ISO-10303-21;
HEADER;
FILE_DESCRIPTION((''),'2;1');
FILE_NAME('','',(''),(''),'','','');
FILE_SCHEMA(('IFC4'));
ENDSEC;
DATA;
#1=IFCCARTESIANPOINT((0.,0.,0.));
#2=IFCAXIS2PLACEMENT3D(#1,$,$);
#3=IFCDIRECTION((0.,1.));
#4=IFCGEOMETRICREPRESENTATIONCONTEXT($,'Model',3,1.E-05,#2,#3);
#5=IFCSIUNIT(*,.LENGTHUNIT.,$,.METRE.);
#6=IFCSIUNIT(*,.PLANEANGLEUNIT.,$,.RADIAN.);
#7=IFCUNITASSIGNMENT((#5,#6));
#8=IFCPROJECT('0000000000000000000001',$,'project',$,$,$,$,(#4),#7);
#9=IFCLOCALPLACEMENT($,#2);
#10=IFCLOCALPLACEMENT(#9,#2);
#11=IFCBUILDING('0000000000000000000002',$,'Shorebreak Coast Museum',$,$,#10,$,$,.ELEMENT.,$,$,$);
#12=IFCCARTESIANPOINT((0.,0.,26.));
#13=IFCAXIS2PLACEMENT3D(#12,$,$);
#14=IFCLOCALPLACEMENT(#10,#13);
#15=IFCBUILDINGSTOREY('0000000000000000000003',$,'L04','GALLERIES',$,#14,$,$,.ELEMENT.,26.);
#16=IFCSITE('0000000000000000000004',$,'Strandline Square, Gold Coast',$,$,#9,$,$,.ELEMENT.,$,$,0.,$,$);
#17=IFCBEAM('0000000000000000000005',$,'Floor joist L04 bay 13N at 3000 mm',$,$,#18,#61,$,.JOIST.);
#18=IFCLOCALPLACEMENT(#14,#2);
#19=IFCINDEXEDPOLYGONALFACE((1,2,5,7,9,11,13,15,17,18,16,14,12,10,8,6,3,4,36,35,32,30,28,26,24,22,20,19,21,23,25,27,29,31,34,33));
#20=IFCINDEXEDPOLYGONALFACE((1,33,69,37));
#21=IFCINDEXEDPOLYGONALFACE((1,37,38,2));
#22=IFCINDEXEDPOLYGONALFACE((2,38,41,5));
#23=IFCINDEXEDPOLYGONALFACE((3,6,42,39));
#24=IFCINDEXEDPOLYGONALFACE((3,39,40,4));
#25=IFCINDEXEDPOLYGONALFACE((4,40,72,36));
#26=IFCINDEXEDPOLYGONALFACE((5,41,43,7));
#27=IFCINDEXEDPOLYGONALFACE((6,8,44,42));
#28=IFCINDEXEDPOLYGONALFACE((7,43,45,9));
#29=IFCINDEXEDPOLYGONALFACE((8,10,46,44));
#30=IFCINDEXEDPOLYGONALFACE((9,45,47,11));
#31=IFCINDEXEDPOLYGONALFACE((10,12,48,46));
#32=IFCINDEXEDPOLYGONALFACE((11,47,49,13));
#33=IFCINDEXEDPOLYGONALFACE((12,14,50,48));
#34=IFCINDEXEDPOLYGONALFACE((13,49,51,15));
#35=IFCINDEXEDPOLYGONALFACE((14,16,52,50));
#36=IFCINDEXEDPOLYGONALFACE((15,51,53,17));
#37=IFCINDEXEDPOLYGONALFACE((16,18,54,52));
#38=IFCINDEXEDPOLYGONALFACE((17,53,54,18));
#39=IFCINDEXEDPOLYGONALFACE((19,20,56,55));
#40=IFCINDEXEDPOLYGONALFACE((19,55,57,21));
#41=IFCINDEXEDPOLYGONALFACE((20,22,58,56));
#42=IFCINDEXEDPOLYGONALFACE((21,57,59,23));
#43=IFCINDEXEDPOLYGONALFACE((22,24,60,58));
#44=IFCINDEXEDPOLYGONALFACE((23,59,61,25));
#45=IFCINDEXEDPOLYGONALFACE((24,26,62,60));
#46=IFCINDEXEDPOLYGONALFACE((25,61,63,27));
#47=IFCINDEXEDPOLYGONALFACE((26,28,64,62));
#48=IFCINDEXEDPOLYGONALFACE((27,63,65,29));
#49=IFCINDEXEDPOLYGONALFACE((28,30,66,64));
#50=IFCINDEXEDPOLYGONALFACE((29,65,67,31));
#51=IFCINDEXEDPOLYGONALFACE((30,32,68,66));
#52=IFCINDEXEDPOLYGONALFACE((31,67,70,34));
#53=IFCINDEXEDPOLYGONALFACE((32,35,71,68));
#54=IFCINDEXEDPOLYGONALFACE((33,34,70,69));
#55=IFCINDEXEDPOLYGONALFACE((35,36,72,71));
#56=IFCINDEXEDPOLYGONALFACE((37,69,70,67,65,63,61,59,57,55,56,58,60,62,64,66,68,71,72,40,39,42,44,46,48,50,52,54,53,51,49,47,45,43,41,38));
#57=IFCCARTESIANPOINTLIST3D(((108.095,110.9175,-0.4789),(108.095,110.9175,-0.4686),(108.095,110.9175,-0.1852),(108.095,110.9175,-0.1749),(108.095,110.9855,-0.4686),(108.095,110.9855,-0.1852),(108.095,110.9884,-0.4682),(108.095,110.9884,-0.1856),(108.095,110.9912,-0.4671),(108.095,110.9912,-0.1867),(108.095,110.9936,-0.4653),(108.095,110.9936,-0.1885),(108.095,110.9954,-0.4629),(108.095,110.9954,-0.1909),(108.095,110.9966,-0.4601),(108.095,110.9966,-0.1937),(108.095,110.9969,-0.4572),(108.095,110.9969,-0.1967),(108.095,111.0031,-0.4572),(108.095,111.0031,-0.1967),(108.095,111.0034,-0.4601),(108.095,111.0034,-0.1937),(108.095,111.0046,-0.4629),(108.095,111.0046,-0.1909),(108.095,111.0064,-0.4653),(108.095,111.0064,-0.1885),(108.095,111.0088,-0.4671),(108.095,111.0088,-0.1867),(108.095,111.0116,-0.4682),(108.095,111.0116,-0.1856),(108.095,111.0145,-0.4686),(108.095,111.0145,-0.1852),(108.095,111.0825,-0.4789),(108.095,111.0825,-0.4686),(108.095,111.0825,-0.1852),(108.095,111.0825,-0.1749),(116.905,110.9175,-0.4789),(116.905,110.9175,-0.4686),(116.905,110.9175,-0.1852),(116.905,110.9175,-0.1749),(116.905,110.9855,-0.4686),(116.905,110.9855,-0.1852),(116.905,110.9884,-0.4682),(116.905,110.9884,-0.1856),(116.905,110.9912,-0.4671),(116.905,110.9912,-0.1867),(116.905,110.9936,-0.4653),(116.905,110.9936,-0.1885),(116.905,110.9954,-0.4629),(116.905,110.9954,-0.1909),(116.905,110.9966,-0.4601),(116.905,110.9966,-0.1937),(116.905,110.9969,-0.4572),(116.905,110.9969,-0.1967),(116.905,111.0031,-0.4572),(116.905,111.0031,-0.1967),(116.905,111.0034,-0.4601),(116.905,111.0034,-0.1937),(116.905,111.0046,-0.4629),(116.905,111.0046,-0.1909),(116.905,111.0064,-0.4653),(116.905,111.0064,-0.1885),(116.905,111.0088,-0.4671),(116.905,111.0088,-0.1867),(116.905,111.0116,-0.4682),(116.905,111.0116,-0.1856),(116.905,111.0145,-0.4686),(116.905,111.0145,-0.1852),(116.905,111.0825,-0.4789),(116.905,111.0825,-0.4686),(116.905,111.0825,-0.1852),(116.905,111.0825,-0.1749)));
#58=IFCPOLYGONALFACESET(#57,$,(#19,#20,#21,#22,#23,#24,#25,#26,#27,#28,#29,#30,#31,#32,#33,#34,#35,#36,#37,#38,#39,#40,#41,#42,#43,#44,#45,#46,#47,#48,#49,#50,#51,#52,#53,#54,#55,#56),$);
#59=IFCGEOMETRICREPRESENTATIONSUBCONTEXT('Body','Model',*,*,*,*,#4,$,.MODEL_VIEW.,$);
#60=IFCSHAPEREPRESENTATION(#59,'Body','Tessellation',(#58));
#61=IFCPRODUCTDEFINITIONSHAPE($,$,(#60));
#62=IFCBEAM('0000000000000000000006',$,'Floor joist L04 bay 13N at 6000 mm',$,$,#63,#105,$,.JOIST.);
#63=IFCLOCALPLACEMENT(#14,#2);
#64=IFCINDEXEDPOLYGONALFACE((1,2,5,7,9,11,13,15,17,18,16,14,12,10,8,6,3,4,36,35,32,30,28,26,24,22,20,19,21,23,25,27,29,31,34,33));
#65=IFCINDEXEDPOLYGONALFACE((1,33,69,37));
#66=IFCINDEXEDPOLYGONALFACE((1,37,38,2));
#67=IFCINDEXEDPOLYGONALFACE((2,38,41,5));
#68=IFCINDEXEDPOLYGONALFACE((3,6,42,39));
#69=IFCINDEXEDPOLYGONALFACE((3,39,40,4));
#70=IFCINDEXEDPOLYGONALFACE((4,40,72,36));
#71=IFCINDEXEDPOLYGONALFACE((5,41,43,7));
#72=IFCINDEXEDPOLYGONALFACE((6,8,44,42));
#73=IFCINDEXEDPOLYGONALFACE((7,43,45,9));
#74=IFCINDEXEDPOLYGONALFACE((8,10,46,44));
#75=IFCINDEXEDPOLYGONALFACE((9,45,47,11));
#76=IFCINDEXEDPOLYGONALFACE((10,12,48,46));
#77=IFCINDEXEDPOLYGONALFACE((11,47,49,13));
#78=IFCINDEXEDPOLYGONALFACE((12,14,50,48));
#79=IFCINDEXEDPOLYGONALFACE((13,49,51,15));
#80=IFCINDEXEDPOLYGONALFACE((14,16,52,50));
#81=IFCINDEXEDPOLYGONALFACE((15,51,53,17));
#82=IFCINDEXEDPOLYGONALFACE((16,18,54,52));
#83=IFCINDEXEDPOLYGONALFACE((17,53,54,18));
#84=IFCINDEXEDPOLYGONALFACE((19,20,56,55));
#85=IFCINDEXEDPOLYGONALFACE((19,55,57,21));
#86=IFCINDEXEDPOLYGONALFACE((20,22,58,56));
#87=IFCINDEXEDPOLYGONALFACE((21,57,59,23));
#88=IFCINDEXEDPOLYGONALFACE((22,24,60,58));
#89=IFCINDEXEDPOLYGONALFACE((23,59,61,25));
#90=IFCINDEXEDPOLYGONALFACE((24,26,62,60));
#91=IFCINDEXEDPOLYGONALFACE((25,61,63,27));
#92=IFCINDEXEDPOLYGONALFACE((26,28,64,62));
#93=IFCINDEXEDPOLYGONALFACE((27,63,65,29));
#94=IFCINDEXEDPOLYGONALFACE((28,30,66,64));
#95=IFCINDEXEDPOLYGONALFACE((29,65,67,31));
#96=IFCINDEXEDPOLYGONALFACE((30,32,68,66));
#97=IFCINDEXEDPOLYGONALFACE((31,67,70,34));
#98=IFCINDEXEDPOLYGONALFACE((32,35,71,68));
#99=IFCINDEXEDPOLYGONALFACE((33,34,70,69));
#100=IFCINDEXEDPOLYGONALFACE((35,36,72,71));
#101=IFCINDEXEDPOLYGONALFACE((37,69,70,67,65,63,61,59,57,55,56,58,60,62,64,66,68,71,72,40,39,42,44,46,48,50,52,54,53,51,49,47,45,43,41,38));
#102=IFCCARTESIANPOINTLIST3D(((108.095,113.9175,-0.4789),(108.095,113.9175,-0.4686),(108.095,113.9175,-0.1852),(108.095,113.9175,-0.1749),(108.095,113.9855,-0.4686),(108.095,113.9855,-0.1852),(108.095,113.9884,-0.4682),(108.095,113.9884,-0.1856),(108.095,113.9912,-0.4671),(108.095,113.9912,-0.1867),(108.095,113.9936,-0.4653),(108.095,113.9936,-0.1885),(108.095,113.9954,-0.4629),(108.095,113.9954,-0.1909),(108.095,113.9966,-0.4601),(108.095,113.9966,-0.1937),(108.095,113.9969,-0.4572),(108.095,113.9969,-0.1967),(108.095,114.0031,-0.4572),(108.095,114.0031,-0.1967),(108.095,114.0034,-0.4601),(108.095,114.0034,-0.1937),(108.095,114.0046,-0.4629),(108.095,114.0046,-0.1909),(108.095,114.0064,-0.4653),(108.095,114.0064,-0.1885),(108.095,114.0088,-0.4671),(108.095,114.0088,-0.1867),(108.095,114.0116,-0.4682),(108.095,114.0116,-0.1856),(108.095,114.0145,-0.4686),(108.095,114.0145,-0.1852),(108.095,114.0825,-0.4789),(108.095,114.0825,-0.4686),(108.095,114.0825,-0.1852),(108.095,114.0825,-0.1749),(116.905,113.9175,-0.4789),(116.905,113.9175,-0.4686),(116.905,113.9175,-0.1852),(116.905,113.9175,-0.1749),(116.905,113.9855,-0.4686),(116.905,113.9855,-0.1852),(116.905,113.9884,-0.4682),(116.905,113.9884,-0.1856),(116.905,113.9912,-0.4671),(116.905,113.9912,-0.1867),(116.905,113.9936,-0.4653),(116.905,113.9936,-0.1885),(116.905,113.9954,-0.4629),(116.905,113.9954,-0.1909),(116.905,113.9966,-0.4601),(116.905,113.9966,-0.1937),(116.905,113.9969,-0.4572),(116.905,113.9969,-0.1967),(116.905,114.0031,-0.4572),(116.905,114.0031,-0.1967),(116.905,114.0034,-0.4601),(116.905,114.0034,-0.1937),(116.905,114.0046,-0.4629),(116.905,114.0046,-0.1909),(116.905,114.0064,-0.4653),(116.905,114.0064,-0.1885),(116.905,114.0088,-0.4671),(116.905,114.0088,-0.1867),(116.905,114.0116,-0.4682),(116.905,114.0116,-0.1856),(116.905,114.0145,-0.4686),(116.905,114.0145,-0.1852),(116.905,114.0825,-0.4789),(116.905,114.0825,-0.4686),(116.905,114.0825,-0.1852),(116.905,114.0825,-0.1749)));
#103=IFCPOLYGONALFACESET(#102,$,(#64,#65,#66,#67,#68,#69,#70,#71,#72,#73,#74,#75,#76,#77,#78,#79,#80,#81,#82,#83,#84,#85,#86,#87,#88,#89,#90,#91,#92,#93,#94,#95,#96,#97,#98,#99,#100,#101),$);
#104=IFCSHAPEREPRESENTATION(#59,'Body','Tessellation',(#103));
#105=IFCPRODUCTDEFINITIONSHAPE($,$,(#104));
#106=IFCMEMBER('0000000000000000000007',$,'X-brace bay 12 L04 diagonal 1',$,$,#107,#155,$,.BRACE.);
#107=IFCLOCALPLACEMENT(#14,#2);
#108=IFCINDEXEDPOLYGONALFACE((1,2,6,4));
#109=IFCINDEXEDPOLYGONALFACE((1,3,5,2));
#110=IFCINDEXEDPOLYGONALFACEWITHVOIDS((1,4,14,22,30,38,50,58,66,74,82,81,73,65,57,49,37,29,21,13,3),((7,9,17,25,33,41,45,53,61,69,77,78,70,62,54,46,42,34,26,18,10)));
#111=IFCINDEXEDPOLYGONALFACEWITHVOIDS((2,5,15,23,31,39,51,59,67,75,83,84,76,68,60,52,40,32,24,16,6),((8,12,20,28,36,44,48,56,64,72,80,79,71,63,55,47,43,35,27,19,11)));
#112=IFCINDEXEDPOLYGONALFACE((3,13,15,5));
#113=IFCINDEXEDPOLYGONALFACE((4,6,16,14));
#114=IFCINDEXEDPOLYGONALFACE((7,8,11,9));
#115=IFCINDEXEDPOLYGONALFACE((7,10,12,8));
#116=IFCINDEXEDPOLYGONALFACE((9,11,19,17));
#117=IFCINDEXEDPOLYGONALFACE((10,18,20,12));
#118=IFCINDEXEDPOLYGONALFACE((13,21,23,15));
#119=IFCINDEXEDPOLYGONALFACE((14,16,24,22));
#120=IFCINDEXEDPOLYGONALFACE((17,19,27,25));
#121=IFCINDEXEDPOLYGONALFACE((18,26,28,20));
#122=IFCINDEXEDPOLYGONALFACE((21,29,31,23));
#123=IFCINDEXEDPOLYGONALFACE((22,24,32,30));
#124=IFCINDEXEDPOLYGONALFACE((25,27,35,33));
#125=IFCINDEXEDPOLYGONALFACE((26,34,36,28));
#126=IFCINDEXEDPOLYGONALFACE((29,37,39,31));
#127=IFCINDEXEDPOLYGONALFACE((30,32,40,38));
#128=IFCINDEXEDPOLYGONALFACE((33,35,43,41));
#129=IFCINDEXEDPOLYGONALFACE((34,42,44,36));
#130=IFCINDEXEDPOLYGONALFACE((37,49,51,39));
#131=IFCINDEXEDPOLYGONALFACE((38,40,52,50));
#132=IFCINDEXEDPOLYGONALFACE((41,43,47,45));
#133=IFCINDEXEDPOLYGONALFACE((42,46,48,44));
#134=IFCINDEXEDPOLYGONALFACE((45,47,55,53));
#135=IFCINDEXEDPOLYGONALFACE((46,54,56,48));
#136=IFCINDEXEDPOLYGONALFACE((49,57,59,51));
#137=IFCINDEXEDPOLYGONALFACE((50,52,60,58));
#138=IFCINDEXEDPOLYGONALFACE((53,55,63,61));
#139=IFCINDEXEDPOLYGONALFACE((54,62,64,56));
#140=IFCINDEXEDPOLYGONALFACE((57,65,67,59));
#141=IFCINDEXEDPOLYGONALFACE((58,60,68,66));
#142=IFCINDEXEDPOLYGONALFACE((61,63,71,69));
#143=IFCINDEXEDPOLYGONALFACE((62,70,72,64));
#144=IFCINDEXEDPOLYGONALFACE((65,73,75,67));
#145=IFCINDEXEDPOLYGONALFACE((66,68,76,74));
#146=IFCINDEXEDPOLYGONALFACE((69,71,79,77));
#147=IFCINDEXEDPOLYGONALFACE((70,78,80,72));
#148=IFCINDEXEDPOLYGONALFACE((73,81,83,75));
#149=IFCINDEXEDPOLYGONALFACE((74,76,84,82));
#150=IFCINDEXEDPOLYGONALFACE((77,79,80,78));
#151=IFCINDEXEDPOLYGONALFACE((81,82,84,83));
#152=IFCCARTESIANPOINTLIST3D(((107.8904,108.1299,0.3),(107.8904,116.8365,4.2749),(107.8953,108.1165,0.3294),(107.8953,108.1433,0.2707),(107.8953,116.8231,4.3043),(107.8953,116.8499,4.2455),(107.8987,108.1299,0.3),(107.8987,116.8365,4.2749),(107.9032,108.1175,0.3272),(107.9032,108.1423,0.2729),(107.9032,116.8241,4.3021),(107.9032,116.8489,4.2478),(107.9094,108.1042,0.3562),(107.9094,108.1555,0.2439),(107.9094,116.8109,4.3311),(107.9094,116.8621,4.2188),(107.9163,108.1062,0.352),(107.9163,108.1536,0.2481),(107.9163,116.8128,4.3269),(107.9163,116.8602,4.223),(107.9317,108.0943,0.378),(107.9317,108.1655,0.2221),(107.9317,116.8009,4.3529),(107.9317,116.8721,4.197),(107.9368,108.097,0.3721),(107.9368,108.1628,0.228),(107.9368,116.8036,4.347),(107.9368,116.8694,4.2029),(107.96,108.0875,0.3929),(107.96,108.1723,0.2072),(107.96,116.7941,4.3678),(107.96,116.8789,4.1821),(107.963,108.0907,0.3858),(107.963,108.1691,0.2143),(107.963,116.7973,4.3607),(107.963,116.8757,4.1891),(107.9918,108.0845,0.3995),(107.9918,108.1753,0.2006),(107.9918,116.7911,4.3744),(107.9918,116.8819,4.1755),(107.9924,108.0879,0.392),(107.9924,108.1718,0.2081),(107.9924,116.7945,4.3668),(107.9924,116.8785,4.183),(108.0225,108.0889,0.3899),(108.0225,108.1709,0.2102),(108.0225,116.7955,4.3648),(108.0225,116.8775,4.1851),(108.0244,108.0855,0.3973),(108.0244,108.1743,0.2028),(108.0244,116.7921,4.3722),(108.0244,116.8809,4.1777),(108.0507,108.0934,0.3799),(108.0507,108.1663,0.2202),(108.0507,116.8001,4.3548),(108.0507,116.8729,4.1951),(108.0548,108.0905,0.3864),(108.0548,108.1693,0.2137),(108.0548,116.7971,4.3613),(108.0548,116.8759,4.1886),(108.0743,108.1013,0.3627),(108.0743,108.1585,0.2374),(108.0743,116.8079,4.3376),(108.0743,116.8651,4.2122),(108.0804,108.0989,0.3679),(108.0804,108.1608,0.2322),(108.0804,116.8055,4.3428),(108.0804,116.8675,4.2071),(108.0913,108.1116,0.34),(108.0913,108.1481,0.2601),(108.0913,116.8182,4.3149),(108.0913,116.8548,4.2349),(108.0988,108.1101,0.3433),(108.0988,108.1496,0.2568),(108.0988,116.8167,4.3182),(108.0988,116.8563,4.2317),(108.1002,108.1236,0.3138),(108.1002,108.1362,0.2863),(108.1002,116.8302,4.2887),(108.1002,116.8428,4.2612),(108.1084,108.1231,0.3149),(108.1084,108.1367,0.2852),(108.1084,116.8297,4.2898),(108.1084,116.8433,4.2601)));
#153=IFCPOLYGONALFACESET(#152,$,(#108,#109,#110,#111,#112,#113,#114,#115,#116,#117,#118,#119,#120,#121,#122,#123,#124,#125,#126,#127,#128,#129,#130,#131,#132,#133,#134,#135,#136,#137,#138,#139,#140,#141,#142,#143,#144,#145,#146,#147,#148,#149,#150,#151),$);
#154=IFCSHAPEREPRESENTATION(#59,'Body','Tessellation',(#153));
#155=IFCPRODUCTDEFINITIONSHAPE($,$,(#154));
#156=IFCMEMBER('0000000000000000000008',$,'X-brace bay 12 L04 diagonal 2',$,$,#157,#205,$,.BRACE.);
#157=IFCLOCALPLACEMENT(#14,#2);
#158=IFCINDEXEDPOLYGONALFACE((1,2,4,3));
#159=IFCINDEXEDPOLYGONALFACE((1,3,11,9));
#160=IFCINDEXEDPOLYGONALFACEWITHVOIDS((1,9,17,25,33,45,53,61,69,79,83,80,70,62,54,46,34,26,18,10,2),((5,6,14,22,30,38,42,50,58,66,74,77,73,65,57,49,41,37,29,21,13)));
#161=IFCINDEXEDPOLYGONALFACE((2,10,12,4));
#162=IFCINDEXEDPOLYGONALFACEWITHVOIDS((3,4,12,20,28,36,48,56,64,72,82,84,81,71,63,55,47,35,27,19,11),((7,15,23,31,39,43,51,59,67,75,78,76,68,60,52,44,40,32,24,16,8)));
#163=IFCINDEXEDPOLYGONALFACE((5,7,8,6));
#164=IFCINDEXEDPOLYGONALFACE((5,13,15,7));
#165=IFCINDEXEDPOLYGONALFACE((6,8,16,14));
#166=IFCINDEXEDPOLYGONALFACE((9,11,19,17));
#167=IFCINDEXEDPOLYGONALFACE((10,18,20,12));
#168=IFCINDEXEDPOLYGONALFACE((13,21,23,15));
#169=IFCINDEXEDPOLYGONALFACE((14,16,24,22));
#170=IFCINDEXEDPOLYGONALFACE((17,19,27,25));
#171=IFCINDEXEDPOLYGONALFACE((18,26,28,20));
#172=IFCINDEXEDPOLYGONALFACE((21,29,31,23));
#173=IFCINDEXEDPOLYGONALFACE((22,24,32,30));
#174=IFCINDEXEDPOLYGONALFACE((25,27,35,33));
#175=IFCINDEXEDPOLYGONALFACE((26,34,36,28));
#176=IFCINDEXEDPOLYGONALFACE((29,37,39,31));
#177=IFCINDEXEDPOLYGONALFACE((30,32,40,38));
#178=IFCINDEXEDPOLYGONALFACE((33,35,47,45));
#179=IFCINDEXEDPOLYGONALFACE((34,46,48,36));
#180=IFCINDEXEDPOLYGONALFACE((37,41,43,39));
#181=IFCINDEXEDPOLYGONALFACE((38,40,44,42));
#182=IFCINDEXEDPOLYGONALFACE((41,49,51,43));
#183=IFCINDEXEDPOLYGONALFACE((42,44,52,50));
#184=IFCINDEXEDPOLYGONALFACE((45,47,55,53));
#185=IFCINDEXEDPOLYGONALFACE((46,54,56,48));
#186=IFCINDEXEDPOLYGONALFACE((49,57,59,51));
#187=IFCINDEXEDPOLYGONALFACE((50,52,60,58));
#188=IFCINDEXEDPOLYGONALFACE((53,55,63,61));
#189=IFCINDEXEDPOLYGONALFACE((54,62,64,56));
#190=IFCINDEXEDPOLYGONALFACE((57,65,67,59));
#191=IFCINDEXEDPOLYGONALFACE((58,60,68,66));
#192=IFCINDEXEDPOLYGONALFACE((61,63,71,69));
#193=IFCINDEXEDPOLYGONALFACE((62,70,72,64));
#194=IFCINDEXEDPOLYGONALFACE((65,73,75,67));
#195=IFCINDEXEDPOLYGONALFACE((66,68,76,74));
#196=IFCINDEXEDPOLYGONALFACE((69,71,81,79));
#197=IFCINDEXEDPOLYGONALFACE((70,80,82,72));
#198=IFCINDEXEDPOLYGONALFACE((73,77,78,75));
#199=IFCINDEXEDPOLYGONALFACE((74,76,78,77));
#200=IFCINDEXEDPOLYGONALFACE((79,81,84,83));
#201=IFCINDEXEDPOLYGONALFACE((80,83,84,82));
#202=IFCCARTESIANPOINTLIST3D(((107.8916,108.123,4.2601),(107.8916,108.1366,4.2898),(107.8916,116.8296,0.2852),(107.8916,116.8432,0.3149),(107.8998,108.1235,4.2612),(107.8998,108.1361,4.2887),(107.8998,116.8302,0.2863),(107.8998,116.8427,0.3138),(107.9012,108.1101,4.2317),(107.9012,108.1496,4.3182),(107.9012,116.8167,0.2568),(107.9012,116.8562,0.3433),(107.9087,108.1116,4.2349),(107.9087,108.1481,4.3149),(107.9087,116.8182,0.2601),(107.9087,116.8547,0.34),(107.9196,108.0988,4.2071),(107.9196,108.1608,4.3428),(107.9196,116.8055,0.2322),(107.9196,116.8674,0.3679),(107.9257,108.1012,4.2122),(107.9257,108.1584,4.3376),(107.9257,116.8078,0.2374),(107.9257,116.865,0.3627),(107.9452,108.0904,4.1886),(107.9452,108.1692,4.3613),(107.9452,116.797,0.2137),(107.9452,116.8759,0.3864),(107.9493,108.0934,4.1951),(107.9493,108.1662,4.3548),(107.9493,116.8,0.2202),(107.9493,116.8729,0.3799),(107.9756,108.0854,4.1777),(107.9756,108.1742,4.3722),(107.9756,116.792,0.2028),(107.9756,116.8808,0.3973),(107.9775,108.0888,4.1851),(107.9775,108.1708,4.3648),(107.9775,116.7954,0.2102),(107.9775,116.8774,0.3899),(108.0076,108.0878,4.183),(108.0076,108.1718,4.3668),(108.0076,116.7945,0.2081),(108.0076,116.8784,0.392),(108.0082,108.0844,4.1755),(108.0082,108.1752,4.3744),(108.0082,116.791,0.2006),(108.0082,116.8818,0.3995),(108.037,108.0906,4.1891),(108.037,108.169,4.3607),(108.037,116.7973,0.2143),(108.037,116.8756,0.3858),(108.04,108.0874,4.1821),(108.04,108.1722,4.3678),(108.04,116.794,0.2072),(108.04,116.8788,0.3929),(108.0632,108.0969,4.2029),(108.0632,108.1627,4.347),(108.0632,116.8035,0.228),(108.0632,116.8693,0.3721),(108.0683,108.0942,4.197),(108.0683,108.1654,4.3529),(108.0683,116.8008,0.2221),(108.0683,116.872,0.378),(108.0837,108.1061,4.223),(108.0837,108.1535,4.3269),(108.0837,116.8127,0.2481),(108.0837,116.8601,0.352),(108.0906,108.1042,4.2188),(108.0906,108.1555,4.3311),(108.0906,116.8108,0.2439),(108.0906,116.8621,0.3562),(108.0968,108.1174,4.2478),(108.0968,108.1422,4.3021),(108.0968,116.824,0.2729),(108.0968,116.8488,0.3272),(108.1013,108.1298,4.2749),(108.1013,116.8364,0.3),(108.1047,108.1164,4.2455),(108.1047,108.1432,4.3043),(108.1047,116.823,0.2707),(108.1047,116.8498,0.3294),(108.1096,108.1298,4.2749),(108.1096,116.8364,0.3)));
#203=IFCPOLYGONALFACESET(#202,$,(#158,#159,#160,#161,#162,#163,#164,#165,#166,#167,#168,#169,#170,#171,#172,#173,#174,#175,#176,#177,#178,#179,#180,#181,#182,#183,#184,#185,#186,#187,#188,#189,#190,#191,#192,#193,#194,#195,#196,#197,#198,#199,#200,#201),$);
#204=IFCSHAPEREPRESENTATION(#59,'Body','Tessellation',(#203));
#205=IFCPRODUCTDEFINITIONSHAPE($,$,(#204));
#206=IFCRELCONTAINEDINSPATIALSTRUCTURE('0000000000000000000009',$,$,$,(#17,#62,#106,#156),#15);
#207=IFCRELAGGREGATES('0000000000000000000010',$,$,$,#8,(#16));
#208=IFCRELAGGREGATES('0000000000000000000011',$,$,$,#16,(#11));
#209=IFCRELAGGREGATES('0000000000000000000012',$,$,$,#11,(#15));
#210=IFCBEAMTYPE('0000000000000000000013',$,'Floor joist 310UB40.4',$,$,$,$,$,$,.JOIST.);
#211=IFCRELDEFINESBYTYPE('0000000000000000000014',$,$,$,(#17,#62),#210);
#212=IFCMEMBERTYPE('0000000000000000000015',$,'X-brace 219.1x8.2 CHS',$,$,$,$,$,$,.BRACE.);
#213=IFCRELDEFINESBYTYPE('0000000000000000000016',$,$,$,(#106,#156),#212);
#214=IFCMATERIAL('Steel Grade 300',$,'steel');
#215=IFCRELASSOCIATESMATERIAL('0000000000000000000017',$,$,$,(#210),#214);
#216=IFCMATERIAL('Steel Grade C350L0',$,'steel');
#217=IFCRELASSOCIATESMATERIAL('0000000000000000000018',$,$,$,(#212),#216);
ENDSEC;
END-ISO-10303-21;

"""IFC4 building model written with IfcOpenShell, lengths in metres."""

from ifc_helpers import new_model, si_unit, direction, frame, origin, origin_2d, place, context, subcontext, project, spatial, hollow_circle, i_section, extrude, material, material_profile, profile_set, type_object, element, save


model = new_model("IFC4")

# Units and contexts
model_context = context("Model", 3, precision=1e-05, world=origin(), true_north=direction((0.0, 1.0)))
body_context = subcontext(model_context, "Body", "Model", "MODEL_VIEW")
ifc_project = project(units=[si_unit("LENGTHUNIT", "METRE"), si_unit("PLANEANGLEUNIT", "RADIAN")], contexts=[model_context])

# Site, building, storey
site_placement = place(None, origin())
site = spatial("IfcSite", under=ifc_project, at=site_placement, Name="Strandline Square, Gold Coast", CompositionType="ELEMENT", RefElevation=0.0)
building_placement = place(site_placement, origin())
building = spatial("IfcBuilding", under=site, at=building_placement, Name="Shorebreak Coast Museum", CompositionType="ELEMENT")
storey_placement = place(building_placement, frame((0.0, 0.0, 26.0)))
storey = spatial("IfcBuildingStorey", under=building, at=storey_placement, Name="L04", Description="GALLERIES", CompositionType="ELEMENT", Elevation=26.0)

# Beams
ifc_material_1 = material(Name="Steel Grade 300", Category="steel")
ifc_material_profile_1 = material_profile(ifc_material_1, i_section(OverallWidth=0.165, OverallDepth=0.304, WebThickness=0.0061, FlangeThickness=0.0103, FilletRadius=0.0115, at=origin_2d()), Name="310UB40.4")
ifc_profile_set_1 = profile_set([ifc_material_profile_1], Name="Steel Grade 300")
beam_type_1 = type_object("IfcBeamType", Name="Floor joist 310UB40.4", PredefinedType="JOIST", material=ifc_profile_set_1)
for number, where, z_axis, x_axis, name in (
    (1, (108.095, 111.0, -0.3269), (1.0, 0.0, 0.0), (0.0, 1.0, 0.0), "Floor joist L04 bay 13N at 3000 mm"),
    (2, (108.095, 114.0, -0.3269), (1.0, 0.0, 0.0), (0.0, 1.0, 0.0), "Floor joist L04 bay 13N at 6000 mm"),
):
    element("IfcBeam", number, at=place(storey_placement, frame(where, z_axis=z_axis, x_axis=x_axis)), inside=storey, type_object=beam_type_1, Name=name, PredefinedType="JOIST", context=body_context, shape_type="SweptSolid", body=[
        extrude(i_section(OverallWidth=0.165, OverallDepth=0.304, WebThickness=0.0061, FlangeThickness=0.0103, FilletRadius=0.0115, at=origin_2d()), origin(), (0.0, 0.0, 1.0), 8.8101),
    ])

# Members
ifc_material_2 = material(Name="Steel Grade C350L0", Category="steel")
ifc_material_profile_2 = material_profile(ifc_material_2, hollow_circle(Radius=0.1096, WallThickness=0.0083, at=origin_2d()), Name="219.1x8.2 CHS")
ifc_profile_set_2 = profile_set([ifc_material_profile_2], Name="Steel Grade C350L0")
member_type = type_object("IfcMemberType", Name="X-brace 219.1x8.2 CHS", PredefinedType="BRACE", material=ifc_profile_set_2)
for number, where, z_axis, x_axis, name in (
    (3, (108.0, 108.1299, 0.3), (0.0, 0.909683, 0.415303), (-1.0, 0.0, 0.0), "X-brace bay 12 L04 diagonal 1"),
    (4, (108.0, 116.8364, 0.3), (0.0, -0.909683, 0.415303), (1.0, 0.0, 0.0), "X-brace bay 12 L04 diagonal 2"),
):
    element("IfcMember", number, at=place(storey_placement, frame(where, z_axis=z_axis, x_axis=x_axis)), inside=storey, type_object=member_type, Name=name, PredefinedType="BRACE", context=body_context, shape_type="SweptSolid", body=[
        extrude(hollow_circle(Radius=0.1096, WallThickness=0.0083, at=origin_2d()), origin(), (0.0, 0.0, 1.0), 9.571),
    ])

save(model, "model.ifc")
